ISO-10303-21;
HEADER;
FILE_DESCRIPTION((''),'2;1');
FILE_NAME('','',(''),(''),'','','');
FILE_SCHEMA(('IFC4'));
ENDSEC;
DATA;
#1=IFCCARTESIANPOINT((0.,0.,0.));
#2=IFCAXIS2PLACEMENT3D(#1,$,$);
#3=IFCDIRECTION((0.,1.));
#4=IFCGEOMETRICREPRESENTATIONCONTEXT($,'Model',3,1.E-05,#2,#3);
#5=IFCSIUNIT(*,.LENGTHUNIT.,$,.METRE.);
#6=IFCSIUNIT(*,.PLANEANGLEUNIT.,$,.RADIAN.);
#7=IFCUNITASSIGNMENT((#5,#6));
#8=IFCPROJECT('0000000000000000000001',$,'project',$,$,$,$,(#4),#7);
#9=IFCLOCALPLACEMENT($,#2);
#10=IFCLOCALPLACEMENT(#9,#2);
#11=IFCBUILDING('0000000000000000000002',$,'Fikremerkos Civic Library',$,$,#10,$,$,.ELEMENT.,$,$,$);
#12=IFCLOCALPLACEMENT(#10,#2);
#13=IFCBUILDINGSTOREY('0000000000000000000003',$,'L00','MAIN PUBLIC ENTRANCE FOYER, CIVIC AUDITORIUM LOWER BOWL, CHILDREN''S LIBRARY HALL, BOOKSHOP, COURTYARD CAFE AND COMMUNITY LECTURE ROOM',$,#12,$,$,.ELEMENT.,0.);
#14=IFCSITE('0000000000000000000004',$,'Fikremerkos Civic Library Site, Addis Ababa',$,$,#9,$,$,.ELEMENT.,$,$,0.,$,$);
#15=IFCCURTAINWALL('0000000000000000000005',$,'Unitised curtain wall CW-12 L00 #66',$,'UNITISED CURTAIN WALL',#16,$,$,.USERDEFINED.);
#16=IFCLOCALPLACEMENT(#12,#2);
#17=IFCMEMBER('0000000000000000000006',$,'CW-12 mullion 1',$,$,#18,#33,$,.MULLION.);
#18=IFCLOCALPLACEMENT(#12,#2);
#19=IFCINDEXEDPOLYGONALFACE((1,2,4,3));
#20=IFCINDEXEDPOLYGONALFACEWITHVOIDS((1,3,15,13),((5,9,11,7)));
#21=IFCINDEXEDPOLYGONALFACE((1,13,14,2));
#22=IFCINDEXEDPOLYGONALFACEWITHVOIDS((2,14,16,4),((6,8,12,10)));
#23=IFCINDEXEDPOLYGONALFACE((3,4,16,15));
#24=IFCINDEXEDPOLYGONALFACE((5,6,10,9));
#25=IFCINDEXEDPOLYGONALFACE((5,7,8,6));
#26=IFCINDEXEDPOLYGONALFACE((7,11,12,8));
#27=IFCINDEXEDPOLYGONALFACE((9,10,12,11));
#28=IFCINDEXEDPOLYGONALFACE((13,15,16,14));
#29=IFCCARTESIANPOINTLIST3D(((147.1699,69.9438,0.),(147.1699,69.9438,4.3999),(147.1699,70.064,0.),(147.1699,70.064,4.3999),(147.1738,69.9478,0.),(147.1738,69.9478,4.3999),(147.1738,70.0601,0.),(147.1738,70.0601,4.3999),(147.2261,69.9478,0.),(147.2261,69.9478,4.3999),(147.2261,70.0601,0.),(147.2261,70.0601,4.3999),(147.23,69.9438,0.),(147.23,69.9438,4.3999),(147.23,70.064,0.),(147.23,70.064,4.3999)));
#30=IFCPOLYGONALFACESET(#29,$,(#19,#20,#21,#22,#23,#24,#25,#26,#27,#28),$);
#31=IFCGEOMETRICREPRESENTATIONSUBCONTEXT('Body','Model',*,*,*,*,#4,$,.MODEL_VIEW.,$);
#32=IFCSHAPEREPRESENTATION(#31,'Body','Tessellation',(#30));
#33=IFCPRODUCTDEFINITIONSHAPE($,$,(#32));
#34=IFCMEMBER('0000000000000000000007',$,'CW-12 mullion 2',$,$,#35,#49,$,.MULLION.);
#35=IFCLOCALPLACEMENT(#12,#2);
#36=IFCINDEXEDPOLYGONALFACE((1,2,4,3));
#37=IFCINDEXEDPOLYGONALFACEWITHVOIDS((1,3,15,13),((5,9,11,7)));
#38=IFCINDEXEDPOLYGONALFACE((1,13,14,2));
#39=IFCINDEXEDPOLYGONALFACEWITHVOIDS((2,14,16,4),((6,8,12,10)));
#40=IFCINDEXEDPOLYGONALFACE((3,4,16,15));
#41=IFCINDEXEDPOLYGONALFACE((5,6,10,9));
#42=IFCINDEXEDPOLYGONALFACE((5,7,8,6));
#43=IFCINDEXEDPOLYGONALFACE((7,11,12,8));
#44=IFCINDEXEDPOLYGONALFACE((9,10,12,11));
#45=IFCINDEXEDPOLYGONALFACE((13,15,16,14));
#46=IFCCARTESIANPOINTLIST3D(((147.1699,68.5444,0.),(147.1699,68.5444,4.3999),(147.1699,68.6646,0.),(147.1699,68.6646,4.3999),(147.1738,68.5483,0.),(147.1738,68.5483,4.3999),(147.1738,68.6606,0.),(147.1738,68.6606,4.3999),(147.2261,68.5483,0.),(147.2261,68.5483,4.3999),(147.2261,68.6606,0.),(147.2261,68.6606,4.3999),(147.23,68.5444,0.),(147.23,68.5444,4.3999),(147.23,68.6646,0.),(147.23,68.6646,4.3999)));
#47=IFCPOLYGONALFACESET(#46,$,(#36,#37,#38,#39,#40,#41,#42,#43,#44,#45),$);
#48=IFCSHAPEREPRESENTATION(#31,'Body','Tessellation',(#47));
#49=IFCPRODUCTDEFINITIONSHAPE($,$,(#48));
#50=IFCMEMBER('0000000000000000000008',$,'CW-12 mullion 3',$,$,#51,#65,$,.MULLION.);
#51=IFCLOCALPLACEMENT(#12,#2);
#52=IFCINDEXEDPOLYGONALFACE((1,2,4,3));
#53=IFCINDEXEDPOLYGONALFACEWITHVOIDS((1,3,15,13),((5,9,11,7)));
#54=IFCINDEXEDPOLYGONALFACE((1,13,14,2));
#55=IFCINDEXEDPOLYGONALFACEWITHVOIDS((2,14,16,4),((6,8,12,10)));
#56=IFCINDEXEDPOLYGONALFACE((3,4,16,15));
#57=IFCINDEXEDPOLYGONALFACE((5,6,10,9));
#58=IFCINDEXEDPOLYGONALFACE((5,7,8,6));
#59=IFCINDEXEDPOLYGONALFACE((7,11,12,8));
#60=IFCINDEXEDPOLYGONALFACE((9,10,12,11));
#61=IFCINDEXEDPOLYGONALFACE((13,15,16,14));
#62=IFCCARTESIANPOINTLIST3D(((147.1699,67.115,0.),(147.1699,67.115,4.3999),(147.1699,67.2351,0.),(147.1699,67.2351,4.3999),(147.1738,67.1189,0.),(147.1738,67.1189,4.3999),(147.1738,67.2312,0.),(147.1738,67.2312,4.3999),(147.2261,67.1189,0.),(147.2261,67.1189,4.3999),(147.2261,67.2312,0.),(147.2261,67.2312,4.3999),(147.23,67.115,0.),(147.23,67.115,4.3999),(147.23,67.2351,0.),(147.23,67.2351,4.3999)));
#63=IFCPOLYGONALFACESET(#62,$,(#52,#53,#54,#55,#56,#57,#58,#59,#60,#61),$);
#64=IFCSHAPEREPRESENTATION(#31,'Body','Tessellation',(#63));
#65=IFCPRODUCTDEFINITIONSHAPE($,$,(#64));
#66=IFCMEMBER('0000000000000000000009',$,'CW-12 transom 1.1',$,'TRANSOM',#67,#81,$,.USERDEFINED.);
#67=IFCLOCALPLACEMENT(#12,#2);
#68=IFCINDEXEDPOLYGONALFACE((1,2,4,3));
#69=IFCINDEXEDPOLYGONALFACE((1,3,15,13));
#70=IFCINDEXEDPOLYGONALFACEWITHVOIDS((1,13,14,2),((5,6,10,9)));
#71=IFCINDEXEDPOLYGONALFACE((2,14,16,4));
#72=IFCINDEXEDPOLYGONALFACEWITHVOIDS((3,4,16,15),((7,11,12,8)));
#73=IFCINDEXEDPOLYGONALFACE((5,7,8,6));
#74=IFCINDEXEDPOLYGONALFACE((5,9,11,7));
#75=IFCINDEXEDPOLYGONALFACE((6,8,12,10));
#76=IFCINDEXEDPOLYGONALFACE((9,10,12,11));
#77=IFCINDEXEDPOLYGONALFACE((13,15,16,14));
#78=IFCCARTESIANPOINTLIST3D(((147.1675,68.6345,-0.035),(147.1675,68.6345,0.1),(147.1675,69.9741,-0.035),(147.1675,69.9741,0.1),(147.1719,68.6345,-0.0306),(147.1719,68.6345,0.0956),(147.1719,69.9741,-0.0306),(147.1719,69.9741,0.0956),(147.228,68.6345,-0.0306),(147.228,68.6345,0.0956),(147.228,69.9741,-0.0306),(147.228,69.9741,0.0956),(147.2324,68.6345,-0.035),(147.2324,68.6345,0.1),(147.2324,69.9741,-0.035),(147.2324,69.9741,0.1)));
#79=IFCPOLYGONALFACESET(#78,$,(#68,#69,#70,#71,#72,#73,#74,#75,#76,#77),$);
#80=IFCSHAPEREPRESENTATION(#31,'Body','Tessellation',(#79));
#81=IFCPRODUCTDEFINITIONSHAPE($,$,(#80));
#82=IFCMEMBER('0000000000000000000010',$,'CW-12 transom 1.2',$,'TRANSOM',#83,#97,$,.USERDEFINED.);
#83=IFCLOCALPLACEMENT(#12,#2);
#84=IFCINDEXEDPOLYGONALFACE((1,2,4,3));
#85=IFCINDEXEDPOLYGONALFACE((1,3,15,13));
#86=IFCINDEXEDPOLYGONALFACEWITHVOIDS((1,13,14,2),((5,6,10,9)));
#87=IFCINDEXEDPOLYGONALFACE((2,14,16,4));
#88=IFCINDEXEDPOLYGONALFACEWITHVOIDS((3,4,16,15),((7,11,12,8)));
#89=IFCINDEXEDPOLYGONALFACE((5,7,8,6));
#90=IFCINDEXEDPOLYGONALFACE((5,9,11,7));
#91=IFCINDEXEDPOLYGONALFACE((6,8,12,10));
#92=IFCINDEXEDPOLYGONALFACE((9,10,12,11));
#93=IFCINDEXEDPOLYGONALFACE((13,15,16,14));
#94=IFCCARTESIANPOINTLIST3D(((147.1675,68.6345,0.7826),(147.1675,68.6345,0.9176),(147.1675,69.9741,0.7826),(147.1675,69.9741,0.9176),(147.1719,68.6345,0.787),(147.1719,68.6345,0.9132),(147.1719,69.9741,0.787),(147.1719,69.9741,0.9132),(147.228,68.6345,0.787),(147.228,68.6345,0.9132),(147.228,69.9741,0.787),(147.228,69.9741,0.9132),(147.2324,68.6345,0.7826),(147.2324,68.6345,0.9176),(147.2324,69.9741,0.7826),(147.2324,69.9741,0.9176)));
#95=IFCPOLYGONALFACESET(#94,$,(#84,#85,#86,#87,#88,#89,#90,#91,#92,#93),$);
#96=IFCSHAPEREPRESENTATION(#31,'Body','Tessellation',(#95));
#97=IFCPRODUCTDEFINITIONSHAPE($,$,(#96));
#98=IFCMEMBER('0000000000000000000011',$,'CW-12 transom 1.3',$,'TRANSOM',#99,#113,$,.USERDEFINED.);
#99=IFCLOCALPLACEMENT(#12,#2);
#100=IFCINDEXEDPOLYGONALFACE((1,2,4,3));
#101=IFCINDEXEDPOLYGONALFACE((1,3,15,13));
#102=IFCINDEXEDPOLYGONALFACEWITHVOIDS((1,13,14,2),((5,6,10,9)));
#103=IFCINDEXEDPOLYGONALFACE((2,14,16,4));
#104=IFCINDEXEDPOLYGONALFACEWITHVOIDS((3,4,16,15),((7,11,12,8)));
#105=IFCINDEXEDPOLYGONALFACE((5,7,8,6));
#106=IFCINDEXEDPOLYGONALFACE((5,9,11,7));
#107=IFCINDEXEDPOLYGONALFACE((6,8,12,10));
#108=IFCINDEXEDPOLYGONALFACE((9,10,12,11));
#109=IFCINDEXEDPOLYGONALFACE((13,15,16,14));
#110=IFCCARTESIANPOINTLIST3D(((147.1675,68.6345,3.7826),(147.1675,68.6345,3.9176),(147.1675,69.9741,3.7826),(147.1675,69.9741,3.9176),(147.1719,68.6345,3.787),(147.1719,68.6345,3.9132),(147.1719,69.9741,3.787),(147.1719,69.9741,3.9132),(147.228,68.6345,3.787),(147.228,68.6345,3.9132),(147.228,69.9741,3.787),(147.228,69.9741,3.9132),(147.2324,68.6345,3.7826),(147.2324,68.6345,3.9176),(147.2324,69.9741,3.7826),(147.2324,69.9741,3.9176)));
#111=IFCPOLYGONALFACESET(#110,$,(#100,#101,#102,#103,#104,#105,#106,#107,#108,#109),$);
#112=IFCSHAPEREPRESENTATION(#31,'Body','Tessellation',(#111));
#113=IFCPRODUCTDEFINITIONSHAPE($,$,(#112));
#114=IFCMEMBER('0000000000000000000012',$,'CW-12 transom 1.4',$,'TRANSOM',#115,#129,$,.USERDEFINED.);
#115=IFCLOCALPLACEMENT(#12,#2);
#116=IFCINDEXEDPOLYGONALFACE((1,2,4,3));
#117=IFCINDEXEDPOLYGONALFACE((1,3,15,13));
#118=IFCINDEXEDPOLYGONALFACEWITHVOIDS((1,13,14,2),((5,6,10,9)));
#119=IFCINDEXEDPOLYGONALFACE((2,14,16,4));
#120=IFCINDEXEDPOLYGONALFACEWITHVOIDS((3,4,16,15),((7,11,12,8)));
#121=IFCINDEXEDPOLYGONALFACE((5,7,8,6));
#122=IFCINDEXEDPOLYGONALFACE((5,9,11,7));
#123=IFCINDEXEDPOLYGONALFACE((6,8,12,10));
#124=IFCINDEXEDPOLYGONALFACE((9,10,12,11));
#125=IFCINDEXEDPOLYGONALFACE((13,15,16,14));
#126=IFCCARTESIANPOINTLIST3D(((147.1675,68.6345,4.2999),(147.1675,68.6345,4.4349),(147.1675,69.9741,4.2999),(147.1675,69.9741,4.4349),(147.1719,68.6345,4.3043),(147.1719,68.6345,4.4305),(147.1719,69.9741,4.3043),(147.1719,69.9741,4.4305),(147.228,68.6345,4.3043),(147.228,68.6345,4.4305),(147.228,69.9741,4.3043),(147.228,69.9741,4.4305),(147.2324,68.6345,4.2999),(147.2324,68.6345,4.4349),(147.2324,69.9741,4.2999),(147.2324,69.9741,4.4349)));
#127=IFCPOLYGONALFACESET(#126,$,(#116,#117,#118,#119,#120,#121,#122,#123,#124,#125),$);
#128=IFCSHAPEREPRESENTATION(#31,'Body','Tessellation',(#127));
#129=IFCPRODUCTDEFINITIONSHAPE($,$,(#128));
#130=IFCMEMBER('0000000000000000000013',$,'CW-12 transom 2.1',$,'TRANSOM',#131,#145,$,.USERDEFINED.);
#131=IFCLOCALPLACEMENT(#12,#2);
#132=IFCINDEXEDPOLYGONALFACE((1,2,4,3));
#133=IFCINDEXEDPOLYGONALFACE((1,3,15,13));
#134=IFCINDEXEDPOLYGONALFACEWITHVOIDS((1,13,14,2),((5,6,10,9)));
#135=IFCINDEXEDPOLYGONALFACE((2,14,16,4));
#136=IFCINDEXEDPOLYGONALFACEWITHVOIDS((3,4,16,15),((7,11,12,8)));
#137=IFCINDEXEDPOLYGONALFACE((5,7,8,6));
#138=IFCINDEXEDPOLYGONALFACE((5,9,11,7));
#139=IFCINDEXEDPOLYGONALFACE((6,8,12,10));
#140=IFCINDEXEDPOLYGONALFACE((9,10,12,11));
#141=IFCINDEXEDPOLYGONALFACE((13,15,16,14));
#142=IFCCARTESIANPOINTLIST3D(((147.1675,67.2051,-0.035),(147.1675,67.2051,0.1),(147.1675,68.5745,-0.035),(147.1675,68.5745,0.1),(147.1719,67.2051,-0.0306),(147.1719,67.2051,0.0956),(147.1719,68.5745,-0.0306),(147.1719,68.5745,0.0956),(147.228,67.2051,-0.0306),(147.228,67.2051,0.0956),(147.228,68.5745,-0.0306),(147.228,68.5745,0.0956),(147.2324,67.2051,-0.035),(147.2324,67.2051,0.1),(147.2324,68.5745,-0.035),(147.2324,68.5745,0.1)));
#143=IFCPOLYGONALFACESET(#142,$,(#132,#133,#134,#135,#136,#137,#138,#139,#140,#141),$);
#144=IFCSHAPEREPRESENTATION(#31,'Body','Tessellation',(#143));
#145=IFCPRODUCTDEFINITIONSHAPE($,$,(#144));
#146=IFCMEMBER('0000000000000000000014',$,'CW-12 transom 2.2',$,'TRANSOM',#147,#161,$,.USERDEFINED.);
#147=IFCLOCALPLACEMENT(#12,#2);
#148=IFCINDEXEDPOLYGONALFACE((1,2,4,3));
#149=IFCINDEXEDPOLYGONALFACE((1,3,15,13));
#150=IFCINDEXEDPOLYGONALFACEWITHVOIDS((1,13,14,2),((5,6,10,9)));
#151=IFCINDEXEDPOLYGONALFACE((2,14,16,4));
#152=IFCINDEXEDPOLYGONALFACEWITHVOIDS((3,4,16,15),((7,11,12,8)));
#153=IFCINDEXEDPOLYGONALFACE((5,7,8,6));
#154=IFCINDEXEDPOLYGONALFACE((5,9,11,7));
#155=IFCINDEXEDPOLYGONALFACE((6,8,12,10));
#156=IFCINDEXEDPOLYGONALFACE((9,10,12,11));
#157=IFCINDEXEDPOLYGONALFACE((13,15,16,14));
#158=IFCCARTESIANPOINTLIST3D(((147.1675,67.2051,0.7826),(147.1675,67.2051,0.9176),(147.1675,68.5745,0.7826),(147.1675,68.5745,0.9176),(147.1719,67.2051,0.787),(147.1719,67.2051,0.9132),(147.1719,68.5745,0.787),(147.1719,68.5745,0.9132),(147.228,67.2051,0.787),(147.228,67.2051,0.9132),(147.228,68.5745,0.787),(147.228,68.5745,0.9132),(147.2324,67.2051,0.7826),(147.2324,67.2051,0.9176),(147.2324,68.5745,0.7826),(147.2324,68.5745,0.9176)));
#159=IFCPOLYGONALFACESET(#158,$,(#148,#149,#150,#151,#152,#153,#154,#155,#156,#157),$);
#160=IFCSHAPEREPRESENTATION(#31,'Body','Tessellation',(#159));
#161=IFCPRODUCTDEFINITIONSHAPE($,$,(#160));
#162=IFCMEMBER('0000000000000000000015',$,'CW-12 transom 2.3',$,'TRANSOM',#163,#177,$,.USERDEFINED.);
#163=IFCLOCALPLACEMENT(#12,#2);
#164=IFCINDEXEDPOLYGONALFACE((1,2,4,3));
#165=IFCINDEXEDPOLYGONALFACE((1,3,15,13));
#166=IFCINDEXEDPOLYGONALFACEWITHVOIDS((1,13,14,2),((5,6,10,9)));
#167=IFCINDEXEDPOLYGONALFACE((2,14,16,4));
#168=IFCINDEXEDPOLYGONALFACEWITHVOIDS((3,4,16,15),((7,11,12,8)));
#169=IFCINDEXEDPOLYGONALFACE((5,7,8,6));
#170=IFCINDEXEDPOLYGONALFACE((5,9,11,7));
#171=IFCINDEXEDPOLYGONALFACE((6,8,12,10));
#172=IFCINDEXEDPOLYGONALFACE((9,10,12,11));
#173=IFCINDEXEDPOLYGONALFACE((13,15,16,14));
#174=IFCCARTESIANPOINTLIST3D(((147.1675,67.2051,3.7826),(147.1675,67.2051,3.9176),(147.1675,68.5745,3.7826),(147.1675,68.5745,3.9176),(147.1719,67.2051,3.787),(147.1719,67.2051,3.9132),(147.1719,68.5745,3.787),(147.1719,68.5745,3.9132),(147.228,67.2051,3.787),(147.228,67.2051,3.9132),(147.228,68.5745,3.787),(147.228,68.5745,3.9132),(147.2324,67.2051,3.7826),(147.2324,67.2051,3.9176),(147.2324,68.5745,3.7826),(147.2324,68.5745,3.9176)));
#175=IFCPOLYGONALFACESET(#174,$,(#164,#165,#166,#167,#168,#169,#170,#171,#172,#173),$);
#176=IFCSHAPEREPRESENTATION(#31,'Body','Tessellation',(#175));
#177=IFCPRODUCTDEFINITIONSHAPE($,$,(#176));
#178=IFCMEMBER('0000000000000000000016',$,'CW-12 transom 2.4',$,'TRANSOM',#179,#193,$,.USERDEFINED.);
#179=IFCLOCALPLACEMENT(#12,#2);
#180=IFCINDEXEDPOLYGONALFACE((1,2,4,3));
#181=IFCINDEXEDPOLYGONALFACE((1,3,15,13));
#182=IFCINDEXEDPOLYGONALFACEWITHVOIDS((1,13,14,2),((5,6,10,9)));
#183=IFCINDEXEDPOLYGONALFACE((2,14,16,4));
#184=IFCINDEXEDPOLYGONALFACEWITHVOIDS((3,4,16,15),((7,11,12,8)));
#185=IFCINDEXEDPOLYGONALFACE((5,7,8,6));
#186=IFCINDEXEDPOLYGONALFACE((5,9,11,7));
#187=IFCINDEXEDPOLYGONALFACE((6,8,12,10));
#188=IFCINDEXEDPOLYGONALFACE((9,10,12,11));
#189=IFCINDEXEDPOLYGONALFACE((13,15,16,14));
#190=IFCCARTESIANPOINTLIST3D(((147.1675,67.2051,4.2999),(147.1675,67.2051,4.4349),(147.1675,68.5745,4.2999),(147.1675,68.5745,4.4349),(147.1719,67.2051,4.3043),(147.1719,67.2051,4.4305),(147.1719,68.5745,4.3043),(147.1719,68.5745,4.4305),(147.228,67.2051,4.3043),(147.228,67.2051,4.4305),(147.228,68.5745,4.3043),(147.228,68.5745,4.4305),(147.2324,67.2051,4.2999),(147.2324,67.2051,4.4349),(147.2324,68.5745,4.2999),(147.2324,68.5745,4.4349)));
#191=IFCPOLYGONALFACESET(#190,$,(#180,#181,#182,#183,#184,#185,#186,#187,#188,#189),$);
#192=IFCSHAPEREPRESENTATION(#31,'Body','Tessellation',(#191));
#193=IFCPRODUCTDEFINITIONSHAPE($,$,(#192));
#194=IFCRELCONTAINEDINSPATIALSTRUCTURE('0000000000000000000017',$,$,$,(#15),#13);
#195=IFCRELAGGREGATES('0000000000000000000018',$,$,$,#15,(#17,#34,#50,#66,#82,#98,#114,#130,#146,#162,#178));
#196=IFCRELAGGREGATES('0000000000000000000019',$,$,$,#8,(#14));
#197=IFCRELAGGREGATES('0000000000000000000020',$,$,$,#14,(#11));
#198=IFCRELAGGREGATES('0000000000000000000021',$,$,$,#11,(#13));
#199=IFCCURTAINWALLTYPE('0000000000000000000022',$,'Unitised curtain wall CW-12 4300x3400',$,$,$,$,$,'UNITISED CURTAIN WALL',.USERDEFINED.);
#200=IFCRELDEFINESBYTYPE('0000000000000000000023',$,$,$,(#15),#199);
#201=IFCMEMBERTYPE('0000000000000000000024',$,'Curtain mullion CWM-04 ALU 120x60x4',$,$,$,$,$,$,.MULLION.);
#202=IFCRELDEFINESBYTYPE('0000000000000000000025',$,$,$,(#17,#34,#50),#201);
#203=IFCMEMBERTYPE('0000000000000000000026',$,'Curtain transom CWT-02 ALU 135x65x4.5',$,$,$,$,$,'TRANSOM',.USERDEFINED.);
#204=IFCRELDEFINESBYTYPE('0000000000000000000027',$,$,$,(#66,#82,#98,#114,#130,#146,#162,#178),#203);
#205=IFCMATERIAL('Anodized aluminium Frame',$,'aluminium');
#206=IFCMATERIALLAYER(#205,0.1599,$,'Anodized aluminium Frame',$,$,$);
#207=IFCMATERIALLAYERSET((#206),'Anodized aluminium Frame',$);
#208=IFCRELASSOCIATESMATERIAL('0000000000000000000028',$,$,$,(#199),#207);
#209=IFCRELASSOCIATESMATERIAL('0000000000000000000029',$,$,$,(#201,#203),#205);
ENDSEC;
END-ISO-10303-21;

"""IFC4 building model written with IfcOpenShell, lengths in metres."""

from ifc_helpers import new_model, si_unit, direction, frame, origin, origin_2d, place, context, subcontext, project, spatial, hollow_rectangle, extrude, material, layer, layer_set, material_profile, profile_set, type_object, element, aggregate, save


model = new_model("IFC4")

# Units and contexts
model_context = context("Model", 3, precision=1e-05, world=origin(), true_north=direction((0.0, 1.0)))
body_context = subcontext(model_context, "Body", "Model", "MODEL_VIEW")
ifc_project = project(units=[si_unit("LENGTHUNIT", "METRE"), si_unit("PLANEANGLEUNIT", "RADIAN")], contexts=[model_context])

# Site, building, storey
site_placement = place(None, origin())
site = spatial("IfcSite", under=ifc_project, at=site_placement, Name="Fikremerkos Civic Library Site, Addis Ababa", CompositionType="ELEMENT", RefElevation=0.0)
building_placement = place(site_placement, origin())
building = spatial("IfcBuilding", under=site, at=building_placement, Name="Fikremerkos Civic Library", CompositionType="ELEMENT")
storey_placement = place(building_placement, origin())
storey = spatial("IfcBuildingStorey", under=building, at=storey_placement, Name="L00", Description="MAIN PUBLIC ENTRANCE FOYER, CIVIC AUDITORIUM LOWER BOWL, CHILDREN'S LIBRARY HALL, BOOKSHOP, COURTYARD CAFE AND COMMUNITY LECTURE ROOM", CompositionType="ELEMENT", Elevation=0.0)

# Curtain wall, members
ifc_material_1 = material(Name="Anodized aluminium Frame", Category="aluminium")
ifc_layer_1 = layer(ifc_material_1, 0.1599, Name="Anodized aluminium Frame")
ifc_layer_set_1 = layer_set([ifc_layer_1], Name="Anodized aluminium Frame")
curtain_wall_type = type_object("IfcCurtainWallType", Name="Unitised curtain wall CW-12 4300x3400", ElementType="UNITISED CURTAIN WALL", PredefinedType="USERDEFINED", material=ifc_layer_set_1)
curtain_wall_placement = place(storey_placement, origin())
curtain_wall = element("IfcCurtainWall", 1, at=curtain_wall_placement, inside=storey, type_object=curtain_wall_type, Name="Unitised curtain wall CW-12 L00 #66", ObjectType="UNITISED CURTAIN WALL", PredefinedType="USERDEFINED")
ifc_material_profile_1 = material_profile(ifc_material_1, hollow_rectangle(XDim=0.0601, YDim=0.1201, WallThickness=0.0039, at=origin_2d()), Name="ALU 120x60x4")
ifc_profile_set_1 = profile_set([ifc_material_profile_1], Name="Anodized aluminium Frame")
member_type_1 = type_object("IfcMemberType", Name="Curtain mullion CWM-04 ALU 120x60x4", PredefinedType="MULLION", material=ifc_profile_set_1)
member_1_placement = place(storey_placement, frame((147.2, 70.0039, 0.0), z_axis=(0.0, 0.0, 1.0), x_axis=(1.0, 0.0, 0.0)))
member_1 = element("IfcMember", 2, at=member_1_placement, type_object=member_type_1, Name="CW-12 mullion 1", PredefinedType="MULLION", context=body_context, shape_type="SweptSolid", body=[
    extrude(hollow_rectangle(XDim=0.0601, YDim=0.1201, WallThickness=0.0039, at=origin_2d()), origin(), (0.0, 0.0, 1.0), 4.3999),
])
member_2_placement = place(storey_placement, frame((147.2, 68.6045, 0.0), z_axis=(0.0, 0.0, 1.0), x_axis=(1.0, 0.0, 0.0)))
member_2 = element("IfcMember", 3, at=member_2_placement, type_object=member_type_1, Name="CW-12 mullion 2", PredefinedType="MULLION", context=body_context, shape_type="SweptSolid", body=[
    extrude(hollow_rectangle(XDim=0.0601, YDim=0.1201, WallThickness=0.0039, at=origin_2d()), origin(), (0.0, 0.0, 1.0), 4.3999),
])
member_3_placement = place(storey_placement, frame((147.2, 67.175, 0.0), z_axis=(0.0, 0.0, 1.0), x_axis=(1.0, 0.0, 0.0)))
member_3 = element("IfcMember", 4, at=member_3_placement, type_object=member_type_1, Name="CW-12 mullion 3", PredefinedType="MULLION", context=body_context, shape_type="SweptSolid", body=[
    extrude(hollow_rectangle(XDim=0.0601, YDim=0.1201, WallThickness=0.0039, at=origin_2d()), origin(), (0.0, 0.0, 1.0), 4.3999),
])
ifc_material_profile_2 = material_profile(ifc_material_1, hollow_rectangle(XDim=0.0649, YDim=0.135, WallThickness=0.0044, at=origin_2d()), Name="ALU 135x65x4.5")
ifc_profile_set_2 = profile_set([ifc_material_profile_2], Name="Anodized aluminium Frame")
member_type_2 = type_object("IfcMemberType", Name="Curtain transom CWT-02 ALU 135x65x4.5", ElementType="TRANSOM", PredefinedType="USERDEFINED", material=ifc_profile_set_2)
member_4_placement = place(storey_placement, frame((147.2, 69.9741, 0.0325), z_axis=(0.0, -1.0, 0.0), x_axis=(1.0, 0.0, 0.0)))
member_4 = element("IfcMember", 5, at=member_4_placement, type_object=member_type_2, Name="CW-12 transom 1.1", ObjectType="TRANSOM", PredefinedType="USERDEFINED", context=body_context, shape_type="SweptSolid", body=[
    extrude(hollow_rectangle(XDim=0.0649, YDim=0.135, WallThickness=0.0044, at=origin_2d()), origin(), (0.0, 0.0, 1.0), 1.3396),
])
member_5_placement = place(storey_placement, frame((147.2, 69.9741, 0.8501), z_axis=(0.0, -1.0, 0.0), x_axis=(1.0, 0.0, 0.0)))
member_5 = element("IfcMember", 6, at=member_5_placement, type_object=member_type_2, Name="CW-12 transom 1.2", ObjectType="TRANSOM", PredefinedType="USERDEFINED", context=body_context, shape_type="SweptSolid", body=[
    extrude(hollow_rectangle(XDim=0.0649, YDim=0.135, WallThickness=0.0044, at=origin_2d()), origin(), (0.0, 0.0, 1.0), 1.3396),
])
member_6_placement = place(storey_placement, frame((147.2, 69.9741, 3.8501), z_axis=(0.0, -1.0, 0.0), x_axis=(1.0, 0.0, 0.0)))
member_6 = element("IfcMember", 7, at=member_6_placement, type_object=member_type_2, Name="CW-12 transom 1.3", ObjectType="TRANSOM", PredefinedType="USERDEFINED", context=body_context, shape_type="SweptSolid", body=[
    extrude(hollow_rectangle(XDim=0.0649, YDim=0.135, WallThickness=0.0044, at=origin_2d()), origin(), (0.0, 0.0, 1.0), 1.3396),
])
member_7_placement = place(storey_placement, frame((147.2, 69.9741, 4.3674), z_axis=(0.0, -1.0, 0.0), x_axis=(1.0, 0.0, 0.0)))
member_7 = element("IfcMember", 8, at=member_7_placement, type_object=member_type_2, Name="CW-12 transom 1.4", ObjectType="TRANSOM", PredefinedType="USERDEFINED", context=body_context, shape_type="SweptSolid", body=[
    extrude(hollow_rectangle(XDim=0.0649, YDim=0.135, WallThickness=0.0044, at=origin_2d()), origin(), (0.0, 0.0, 1.0), 1.3396),
])
member_8_placement = place(storey_placement, frame((147.2, 68.5745, 0.0325), z_axis=(0.0, -1.0, 0.0), x_axis=(1.0, 0.0, 0.0)))
member_8 = element("IfcMember", 9, at=member_8_placement, type_object=member_type_2, Name="CW-12 transom 2.1", ObjectType="TRANSOM", PredefinedType="USERDEFINED", context=body_context, shape_type="SweptSolid", body=[
    extrude(hollow_rectangle(XDim=0.0649, YDim=0.135, WallThickness=0.0044, at=origin_2d()), origin(), (0.0, 0.0, 1.0), 1.3694),
])
member_9_placement = place(storey_placement, frame((147.2, 68.5745, 0.8501), z_axis=(0.0, -1.0, 0.0), x_axis=(1.0, 0.0, 0.0)))
member_9 = element("IfcMember", 10, at=member_9_placement, type_object=member_type_2, Name="CW-12 transom 2.2", ObjectType="TRANSOM", PredefinedType="USERDEFINED", context=body_context, shape_type="SweptSolid", body=[
    extrude(hollow_rectangle(XDim=0.0649, YDim=0.135, WallThickness=0.0044, at=origin_2d()), origin(), (0.0, 0.0, 1.0), 1.3694),
])
member_10_placement = place(storey_placement, frame((147.2, 68.5745, 3.8501), z_axis=(0.0, -1.0, 0.0), x_axis=(1.0, 0.0, 0.0)))
member_10 = element("IfcMember", 11, at=member_10_placement, type_object=member_type_2, Name="CW-12 transom 2.3", ObjectType="TRANSOM", PredefinedType="USERDEFINED", context=body_context, shape_type="SweptSolid", body=[
    extrude(hollow_rectangle(XDim=0.0649, YDim=0.135, WallThickness=0.0044, at=origin_2d()), origin(), (0.0, 0.0, 1.0), 1.3694),
])
member_11_placement = place(storey_placement, frame((147.2, 68.5745, 4.3674), z_axis=(0.0, -1.0, 0.0), x_axis=(1.0, 0.0, 0.0)))
member_11 = element("IfcMember", 12, at=member_11_placement, type_object=member_type_2, Name="CW-12 transom 2.4", ObjectType="TRANSOM", PredefinedType="USERDEFINED", context=body_context, shape_type="SweptSolid", body=[
    extrude(hollow_rectangle(XDim=0.0649, YDim=0.135, WallThickness=0.0044, at=origin_2d()), origin(), (0.0, 0.0, 1.0), 1.3694),
])
aggregate(curtain_wall, [member_1, member_2, member_3, member_4, member_5, member_6, member_7, member_8, member_9, member_10, member_11])

save(model, "model.ifc")
